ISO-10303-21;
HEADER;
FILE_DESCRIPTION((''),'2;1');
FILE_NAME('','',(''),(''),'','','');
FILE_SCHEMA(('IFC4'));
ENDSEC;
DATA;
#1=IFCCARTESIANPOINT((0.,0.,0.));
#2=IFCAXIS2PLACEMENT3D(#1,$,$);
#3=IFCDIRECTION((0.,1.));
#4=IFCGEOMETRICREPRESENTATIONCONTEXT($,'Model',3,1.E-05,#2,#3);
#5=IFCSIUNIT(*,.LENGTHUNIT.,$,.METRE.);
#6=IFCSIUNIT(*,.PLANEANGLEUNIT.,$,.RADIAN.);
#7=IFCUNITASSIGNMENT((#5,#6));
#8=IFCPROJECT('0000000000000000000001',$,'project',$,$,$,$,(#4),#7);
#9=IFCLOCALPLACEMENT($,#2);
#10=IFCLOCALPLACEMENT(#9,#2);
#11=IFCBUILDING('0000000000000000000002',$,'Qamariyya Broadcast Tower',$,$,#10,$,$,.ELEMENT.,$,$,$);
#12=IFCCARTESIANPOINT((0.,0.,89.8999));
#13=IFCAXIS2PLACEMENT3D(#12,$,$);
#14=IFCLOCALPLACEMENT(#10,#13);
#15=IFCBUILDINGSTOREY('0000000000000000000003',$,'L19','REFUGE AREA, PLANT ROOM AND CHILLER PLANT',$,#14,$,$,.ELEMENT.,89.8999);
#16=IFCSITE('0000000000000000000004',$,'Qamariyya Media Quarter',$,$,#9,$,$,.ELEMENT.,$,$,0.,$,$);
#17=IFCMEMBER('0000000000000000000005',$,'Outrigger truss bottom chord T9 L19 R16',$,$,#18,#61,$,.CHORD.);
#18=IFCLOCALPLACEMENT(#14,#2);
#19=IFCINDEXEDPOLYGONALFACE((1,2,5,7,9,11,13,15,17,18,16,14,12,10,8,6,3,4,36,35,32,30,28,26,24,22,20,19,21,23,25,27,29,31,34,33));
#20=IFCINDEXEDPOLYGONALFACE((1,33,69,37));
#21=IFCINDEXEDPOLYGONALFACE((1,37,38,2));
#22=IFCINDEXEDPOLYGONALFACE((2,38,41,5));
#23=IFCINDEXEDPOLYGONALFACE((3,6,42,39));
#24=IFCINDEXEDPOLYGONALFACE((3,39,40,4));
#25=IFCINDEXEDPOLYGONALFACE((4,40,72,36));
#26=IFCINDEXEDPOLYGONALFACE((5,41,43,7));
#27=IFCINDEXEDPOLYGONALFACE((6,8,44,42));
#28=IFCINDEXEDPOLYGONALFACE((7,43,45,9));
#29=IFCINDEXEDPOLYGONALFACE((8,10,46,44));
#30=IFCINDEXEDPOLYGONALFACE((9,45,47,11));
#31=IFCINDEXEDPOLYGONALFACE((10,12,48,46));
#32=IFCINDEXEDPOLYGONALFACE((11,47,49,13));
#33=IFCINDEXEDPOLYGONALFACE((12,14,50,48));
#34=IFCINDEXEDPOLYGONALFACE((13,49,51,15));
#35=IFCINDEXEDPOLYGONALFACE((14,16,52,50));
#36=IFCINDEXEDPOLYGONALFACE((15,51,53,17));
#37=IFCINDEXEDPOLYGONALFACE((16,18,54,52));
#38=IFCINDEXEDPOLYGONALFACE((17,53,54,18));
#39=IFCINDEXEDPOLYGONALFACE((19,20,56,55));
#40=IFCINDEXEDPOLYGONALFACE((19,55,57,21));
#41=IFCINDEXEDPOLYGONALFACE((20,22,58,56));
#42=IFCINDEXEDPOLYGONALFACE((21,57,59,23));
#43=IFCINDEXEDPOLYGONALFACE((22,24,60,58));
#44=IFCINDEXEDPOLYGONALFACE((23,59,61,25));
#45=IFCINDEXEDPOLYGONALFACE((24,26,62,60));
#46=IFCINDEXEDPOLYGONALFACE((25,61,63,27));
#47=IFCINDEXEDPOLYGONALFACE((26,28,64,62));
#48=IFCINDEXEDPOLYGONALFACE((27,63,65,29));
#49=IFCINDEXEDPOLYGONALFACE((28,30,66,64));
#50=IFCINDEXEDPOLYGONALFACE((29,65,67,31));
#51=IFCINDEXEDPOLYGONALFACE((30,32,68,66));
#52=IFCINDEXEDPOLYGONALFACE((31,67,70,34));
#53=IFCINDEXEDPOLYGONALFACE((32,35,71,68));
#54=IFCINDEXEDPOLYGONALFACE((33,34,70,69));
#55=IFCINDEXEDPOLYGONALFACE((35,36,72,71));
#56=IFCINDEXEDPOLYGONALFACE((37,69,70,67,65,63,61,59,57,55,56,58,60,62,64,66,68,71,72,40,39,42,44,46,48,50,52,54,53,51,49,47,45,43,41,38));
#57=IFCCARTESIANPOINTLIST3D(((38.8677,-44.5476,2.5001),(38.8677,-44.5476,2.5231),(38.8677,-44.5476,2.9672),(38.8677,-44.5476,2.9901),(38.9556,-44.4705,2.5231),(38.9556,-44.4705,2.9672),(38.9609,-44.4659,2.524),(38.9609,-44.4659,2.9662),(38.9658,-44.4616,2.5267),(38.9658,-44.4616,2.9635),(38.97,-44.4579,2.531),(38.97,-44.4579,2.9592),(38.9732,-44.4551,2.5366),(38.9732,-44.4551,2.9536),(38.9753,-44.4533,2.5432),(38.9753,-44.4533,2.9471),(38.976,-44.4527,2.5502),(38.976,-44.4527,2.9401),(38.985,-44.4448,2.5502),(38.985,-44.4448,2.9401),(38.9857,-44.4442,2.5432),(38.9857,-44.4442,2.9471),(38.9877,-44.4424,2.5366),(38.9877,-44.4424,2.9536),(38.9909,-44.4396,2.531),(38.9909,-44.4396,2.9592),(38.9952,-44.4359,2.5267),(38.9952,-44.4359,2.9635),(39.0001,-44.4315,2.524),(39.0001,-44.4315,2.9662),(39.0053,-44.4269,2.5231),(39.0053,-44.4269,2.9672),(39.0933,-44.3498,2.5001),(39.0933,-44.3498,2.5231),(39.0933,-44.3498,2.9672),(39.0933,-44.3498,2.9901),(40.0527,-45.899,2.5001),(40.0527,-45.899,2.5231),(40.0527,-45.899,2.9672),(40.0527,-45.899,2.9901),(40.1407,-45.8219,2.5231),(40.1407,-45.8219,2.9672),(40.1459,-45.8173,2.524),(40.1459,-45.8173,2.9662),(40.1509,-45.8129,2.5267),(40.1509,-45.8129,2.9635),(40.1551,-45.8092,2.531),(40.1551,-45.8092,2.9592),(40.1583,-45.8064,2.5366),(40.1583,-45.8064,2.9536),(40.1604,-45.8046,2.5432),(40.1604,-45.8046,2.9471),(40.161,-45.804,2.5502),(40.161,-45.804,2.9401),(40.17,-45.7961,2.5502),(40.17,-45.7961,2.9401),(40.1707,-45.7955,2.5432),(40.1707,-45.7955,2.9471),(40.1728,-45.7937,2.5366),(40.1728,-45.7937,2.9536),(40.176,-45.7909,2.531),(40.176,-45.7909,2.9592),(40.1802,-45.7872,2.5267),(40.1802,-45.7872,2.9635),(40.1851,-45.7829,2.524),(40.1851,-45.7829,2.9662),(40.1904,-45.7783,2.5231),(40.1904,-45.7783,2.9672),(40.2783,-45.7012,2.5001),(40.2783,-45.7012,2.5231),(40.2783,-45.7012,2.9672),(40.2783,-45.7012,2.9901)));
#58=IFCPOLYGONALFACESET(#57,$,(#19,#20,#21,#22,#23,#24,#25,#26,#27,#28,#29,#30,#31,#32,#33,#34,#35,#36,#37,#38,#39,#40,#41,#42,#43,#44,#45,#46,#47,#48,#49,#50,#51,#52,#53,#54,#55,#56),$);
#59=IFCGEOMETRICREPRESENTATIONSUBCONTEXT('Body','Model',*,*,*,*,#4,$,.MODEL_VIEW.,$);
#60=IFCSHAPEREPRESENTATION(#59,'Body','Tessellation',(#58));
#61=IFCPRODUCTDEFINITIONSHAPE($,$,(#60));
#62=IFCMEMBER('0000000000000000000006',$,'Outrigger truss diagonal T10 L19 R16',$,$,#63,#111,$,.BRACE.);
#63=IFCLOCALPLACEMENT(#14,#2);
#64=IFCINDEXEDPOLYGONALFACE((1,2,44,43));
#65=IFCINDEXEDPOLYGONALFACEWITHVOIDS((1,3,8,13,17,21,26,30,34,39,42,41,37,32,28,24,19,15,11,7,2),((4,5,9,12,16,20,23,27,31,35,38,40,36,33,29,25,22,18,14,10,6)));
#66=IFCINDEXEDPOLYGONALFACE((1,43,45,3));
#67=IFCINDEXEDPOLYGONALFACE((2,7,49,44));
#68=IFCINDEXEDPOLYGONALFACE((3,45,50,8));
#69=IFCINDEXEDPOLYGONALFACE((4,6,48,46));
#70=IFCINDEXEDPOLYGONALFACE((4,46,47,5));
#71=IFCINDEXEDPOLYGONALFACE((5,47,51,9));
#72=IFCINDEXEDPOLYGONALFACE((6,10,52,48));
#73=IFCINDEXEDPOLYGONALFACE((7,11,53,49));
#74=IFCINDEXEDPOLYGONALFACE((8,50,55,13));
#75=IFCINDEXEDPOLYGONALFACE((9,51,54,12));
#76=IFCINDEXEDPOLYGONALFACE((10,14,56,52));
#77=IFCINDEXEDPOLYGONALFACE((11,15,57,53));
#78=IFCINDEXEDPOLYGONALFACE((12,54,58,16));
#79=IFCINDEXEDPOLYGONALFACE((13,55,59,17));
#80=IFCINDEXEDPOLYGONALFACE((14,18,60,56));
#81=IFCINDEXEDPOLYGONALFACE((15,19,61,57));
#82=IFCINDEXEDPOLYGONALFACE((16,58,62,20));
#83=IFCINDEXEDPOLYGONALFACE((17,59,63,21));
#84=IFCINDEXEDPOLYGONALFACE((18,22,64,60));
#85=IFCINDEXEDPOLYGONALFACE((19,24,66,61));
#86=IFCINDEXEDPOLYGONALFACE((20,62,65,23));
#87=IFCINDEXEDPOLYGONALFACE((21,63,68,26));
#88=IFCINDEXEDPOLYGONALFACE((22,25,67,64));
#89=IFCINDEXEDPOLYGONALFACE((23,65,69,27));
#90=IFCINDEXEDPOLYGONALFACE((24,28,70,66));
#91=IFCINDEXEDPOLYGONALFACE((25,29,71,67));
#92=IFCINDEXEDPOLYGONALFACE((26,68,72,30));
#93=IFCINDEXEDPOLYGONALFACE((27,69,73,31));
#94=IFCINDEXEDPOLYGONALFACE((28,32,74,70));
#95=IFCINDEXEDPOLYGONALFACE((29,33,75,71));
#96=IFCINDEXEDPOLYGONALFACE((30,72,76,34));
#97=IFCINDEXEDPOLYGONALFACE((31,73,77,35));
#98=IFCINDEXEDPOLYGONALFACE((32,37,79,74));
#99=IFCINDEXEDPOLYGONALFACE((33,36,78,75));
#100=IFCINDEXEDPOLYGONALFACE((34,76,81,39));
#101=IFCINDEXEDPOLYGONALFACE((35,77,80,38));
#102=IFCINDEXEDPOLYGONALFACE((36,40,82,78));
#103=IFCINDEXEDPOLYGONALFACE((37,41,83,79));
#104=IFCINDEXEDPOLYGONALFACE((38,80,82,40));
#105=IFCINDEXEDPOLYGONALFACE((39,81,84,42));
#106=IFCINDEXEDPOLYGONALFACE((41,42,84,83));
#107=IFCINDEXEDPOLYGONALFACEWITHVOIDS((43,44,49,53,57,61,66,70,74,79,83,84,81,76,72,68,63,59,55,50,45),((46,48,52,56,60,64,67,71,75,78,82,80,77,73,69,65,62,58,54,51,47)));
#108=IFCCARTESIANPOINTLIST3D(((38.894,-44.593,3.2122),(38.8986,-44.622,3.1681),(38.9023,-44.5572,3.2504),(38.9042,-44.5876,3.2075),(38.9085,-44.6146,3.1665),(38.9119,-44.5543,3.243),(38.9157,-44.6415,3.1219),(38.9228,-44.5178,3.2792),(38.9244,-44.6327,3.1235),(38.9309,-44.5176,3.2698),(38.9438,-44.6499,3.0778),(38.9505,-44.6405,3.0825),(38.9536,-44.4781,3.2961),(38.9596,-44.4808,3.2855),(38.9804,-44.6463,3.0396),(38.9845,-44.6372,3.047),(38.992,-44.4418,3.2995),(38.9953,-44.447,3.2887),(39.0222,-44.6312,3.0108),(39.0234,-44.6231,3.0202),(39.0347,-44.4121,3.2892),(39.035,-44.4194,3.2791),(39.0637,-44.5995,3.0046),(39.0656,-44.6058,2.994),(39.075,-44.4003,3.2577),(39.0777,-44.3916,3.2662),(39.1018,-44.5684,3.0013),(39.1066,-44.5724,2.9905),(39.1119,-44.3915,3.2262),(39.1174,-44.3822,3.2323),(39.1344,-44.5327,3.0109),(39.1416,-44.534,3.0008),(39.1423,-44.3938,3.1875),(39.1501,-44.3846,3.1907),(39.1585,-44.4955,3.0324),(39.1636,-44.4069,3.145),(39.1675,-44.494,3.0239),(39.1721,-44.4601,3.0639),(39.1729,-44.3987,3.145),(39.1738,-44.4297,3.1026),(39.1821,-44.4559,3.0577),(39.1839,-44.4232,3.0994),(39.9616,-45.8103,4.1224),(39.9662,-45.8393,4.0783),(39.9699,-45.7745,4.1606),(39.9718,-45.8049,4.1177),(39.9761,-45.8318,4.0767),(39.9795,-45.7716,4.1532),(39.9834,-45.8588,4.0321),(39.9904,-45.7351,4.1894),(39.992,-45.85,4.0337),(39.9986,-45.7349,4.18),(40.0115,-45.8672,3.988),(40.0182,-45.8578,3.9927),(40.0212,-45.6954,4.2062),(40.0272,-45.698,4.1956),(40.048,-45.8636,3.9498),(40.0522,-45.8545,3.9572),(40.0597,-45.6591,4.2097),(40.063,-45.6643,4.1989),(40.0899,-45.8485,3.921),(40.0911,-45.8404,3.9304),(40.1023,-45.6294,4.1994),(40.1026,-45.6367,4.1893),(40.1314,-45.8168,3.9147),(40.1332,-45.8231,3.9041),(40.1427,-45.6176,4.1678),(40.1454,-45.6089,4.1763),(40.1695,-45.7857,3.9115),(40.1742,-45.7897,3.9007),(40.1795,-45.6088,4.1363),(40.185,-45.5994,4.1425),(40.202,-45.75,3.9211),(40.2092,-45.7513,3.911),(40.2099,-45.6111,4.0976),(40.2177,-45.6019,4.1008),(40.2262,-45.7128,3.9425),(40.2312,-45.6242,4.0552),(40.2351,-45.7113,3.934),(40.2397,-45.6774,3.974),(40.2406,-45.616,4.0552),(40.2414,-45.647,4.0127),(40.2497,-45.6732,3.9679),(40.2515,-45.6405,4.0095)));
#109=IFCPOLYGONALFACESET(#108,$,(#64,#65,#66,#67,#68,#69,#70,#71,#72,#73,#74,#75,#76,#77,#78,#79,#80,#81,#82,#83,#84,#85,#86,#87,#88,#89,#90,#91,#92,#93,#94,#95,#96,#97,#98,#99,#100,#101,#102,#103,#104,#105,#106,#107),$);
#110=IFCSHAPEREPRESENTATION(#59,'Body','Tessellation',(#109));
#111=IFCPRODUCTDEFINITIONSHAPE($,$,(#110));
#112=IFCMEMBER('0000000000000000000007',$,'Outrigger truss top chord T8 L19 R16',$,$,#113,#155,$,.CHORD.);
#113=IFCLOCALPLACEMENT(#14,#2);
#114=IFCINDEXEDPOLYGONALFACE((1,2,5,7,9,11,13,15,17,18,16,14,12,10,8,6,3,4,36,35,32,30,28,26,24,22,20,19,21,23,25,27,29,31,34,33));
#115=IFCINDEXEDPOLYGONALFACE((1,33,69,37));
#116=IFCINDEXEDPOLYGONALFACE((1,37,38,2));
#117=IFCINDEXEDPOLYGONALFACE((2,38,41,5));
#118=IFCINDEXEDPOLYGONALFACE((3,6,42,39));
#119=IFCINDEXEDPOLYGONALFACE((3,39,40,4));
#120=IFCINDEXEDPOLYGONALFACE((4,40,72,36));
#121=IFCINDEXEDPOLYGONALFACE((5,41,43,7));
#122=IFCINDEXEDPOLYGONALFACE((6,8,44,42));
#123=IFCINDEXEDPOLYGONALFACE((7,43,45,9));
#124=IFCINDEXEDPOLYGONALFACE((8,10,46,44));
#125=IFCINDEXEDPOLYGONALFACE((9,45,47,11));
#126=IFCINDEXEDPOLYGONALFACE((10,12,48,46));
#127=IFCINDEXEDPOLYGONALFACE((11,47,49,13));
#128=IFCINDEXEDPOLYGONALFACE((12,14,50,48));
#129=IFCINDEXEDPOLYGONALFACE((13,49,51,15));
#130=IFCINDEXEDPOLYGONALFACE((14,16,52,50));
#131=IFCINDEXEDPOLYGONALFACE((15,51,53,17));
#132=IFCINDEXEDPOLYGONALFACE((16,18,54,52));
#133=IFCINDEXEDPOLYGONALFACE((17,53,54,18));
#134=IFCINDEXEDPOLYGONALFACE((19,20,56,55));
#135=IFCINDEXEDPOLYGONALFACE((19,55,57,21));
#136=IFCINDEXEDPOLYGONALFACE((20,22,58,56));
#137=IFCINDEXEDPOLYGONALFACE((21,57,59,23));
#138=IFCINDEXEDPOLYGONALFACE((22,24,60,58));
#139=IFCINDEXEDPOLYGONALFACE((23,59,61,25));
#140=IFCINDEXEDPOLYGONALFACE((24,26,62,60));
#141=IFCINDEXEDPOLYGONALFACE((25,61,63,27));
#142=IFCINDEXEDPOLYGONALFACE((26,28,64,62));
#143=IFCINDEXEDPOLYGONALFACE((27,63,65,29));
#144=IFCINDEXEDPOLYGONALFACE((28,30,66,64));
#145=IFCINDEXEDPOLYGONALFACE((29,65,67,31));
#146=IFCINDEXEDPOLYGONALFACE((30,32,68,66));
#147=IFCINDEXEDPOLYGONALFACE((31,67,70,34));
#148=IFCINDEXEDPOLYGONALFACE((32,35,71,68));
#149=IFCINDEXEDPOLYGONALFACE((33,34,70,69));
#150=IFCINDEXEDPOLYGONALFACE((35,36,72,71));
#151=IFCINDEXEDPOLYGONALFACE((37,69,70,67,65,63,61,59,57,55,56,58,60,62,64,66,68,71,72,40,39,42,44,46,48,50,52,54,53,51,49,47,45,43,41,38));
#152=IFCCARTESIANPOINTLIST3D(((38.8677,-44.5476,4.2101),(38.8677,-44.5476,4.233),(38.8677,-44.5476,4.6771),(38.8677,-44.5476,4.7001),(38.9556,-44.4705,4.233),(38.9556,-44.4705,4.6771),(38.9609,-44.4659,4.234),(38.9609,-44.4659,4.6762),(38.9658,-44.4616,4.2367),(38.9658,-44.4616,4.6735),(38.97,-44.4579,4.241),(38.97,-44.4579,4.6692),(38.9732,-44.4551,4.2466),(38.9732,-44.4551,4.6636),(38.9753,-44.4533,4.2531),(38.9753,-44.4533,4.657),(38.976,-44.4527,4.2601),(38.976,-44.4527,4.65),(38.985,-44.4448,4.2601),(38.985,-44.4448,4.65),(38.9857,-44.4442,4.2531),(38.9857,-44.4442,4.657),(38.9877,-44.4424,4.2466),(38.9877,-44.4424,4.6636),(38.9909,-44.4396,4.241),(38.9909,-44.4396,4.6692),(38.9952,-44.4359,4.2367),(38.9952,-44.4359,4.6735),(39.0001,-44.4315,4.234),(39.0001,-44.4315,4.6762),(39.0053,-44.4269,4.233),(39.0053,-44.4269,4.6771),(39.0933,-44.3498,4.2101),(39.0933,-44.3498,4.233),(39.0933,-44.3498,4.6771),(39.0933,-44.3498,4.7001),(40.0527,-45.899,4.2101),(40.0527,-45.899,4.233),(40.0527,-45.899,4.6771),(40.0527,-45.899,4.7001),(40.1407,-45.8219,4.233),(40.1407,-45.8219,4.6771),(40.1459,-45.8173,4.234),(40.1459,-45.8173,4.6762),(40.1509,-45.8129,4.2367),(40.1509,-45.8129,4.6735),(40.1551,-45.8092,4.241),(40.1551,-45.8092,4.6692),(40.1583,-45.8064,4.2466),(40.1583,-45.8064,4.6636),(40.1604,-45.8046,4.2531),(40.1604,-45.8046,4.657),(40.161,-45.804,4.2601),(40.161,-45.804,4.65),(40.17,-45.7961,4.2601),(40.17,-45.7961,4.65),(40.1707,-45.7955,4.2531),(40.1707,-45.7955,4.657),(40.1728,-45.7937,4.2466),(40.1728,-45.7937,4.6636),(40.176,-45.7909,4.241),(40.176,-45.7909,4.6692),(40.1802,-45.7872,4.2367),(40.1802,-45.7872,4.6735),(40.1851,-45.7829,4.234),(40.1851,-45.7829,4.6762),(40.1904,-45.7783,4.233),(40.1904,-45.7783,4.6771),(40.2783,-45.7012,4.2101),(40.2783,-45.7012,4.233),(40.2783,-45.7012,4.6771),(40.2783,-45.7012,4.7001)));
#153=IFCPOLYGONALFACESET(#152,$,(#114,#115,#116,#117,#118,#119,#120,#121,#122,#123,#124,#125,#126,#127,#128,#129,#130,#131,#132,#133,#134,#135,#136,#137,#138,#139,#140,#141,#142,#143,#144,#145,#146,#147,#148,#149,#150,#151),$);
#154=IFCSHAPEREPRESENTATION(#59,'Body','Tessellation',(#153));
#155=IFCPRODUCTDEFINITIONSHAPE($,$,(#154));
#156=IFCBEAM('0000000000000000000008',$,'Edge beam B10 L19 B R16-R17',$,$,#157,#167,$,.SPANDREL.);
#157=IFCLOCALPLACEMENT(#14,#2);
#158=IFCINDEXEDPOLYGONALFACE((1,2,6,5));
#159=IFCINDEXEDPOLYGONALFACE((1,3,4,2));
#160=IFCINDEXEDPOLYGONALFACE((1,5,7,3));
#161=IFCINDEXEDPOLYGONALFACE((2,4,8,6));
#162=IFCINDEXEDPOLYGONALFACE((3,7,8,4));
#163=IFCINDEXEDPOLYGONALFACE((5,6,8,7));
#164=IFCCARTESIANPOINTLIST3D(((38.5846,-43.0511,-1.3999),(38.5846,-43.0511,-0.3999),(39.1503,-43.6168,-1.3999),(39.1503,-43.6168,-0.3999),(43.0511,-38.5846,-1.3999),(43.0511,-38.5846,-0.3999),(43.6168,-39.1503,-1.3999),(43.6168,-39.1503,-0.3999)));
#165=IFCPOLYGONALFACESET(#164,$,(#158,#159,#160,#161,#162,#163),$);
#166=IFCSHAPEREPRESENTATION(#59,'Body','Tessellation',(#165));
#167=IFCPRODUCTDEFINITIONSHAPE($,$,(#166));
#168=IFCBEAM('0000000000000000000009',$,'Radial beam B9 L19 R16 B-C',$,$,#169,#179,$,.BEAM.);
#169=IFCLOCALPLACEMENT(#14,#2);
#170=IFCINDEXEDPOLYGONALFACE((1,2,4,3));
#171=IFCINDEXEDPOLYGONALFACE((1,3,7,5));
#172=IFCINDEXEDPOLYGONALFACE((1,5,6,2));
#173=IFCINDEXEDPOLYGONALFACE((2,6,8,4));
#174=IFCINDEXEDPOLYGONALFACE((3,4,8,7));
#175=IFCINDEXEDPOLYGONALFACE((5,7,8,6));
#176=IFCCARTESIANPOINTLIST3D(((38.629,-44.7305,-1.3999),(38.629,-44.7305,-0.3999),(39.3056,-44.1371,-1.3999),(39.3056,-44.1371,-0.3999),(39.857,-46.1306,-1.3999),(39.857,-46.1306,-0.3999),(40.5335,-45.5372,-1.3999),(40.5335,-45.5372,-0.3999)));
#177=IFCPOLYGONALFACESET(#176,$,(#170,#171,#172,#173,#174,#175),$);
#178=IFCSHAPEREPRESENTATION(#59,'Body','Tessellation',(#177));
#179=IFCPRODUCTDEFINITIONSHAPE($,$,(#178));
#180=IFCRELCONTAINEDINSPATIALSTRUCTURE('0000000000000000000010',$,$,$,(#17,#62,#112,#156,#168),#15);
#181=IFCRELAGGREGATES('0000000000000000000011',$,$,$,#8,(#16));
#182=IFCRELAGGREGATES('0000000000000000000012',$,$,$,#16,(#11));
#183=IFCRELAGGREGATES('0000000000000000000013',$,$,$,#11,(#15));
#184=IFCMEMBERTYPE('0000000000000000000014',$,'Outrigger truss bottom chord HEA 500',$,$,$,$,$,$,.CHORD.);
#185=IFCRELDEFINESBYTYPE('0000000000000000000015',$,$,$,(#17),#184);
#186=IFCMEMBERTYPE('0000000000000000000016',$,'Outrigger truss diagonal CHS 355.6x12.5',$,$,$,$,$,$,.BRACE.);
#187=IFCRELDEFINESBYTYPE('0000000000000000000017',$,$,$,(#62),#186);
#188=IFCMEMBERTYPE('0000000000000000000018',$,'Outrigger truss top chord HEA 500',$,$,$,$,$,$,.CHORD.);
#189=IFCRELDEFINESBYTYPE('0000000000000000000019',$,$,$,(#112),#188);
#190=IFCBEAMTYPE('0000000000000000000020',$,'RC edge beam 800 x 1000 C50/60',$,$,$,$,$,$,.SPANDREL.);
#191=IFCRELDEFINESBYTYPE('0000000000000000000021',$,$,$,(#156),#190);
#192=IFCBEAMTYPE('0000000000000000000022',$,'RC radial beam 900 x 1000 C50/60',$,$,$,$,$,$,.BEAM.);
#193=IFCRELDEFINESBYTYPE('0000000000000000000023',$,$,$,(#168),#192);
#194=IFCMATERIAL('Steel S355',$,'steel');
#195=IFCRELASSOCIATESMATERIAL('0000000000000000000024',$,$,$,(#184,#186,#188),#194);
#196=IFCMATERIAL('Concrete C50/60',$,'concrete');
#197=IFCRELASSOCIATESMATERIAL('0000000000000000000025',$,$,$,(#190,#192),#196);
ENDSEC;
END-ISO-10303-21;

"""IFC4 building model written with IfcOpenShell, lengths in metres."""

from ifc_helpers import new_model, si_unit, direction, frame, origin, origin_2d, place, context, subcontext, project, spatial, rectangle, hollow_circle, i_section, extrude, material, material_profile, profile_set, type_object, element, save


model = new_model("IFC4")

# Units and contexts
model_context = context("Model", 3, precision=1e-05, world=origin(), true_north=direction((0.0, 1.0)))
body_context = subcontext(model_context, "Body", "Model", "MODEL_VIEW")
ifc_project = project(units=[si_unit("LENGTHUNIT", "METRE"), si_unit("PLANEANGLEUNIT", "RADIAN")], contexts=[model_context])

# Site, building, storey
site_placement = place(None, origin())
site = spatial("IfcSite", under=ifc_project, at=site_placement, Name="Qamariyya Media Quarter", CompositionType="ELEMENT", RefElevation=0.0)
building_placement = place(site_placement, origin())
building = spatial("IfcBuilding", under=site, at=building_placement, Name="Qamariyya Broadcast Tower", CompositionType="ELEMENT")
storey_placement = place(building_placement, frame((0.0, 0.0, 89.8999)))
storey = spatial("IfcBuildingStorey", under=building, at=storey_placement, Name="L19", Description="REFUGE AREA, PLANT ROOM AND CHILLER PLANT", CompositionType="ELEMENT", Elevation=89.8999)

# Members
ifc_material_1 = material(Name="Steel S355", Category="steel")
ifc_material_profile_1 = material_profile(ifc_material_1, i_section(OverallWidth=0.3, OverallDepth=0.49, WebThickness=0.012, FlangeThickness=0.0229, FilletRadius=0.0271, at=origin_2d()))
ifc_profile_set_1 = profile_set([ifc_material_profile_1], Name="Steel S355")
member_type_1 = type_object("IfcMemberType", Name="Outrigger truss bottom chord HEA 500", PredefinedType="CHORD", material=ifc_profile_set_1)
member_1_placement = place(storey_placement, frame((38.9805, -44.4487, 2.7451), z_axis=(0.659341, -0.751844, 0.0), x_axis=(0.751844, 0.659341, 0.0)))
element("IfcMember", 1, at=member_1_placement, inside=storey, type_object=member_type_1, Name="Outrigger truss bottom chord T9 L19 R16", PredefinedType="CHORD", context=body_context, shape_type="SweptSolid", body=[
    extrude(i_section(OverallWidth=0.3, OverallDepth=0.49, WebThickness=0.012, FlangeThickness=0.0229, FilletRadius=0.0271, at=origin_2d()), origin(), (0.0, 0.0, 1.0), 1.7974),
])
ifc_material_profile_2 = material_profile(ifc_material_1, hollow_circle(Radius=0.1777, WallThickness=0.0125, at=origin_2d()))
ifc_profile_set_2 = profile_set([ifc_material_profile_2], Name="Steel S355")
member_type_2 = type_object("IfcMemberType", Name="Outrigger truss diagonal CHS 355.6x12.5", PredefinedType="BRACE", material=ifc_profile_set_2)
member_2_placement = place(storey_placement, frame((39.0393, -44.5159, 3.145), z_axis=(0.574791, -0.655365, 0.490012), x_axis=(0.75181, 0.65938, 0.0)))
element("IfcMember", 2, at=member_2_placement, inside=storey, type_object=member_type_2, Name="Outrigger truss diagonal T10 L19 R16", PredefinedType="BRACE", context=body_context, shape_type="SweptSolid", body=[
    extrude(hollow_circle(Radius=0.1777, WallThickness=0.0125, at=origin_2d()), origin(), (0.0, 0.0, 1.0), 1.8574),
])
ifc_material_profile_3 = material_profile(ifc_material_1, i_section(OverallWidth=0.3, OverallDepth=0.49, WebThickness=0.012, FlangeThickness=0.0229, FilletRadius=0.0271, at=origin_2d()))
ifc_profile_set_3 = profile_set([ifc_material_profile_3], Name="Steel S355")
member_type_3 = type_object("IfcMemberType", Name="Outrigger truss top chord HEA 500", PredefinedType="CHORD", material=ifc_profile_set_3)
member_3_placement = place(storey_placement, frame((38.9805, -44.4487, 4.4551), z_axis=(0.659341, -0.751844, 0.0), x_axis=(0.751844, 0.659341, 0.0)))
element("IfcMember", 3, at=member_3_placement, inside=storey, type_object=member_type_3, Name="Outrigger truss top chord T8 L19 R16", PredefinedType="CHORD", context=body_context, shape_type="SweptSolid", body=[
    extrude(i_section(OverallWidth=0.3, OverallDepth=0.49, WebThickness=0.012, FlangeThickness=0.0229, FilletRadius=0.0271, at=origin_2d()), origin(), (0.0, 0.0, 1.0), 1.7974),
])

# Beams
ifc_material_2 = material(Name="Concrete C50/60", Category="concrete")
ifc_material_profile_4 = material_profile(ifc_material_2, rectangle(XDim=0.8, YDim=1.0, at=origin_2d()))
ifc_profile_set_4 = profile_set([ifc_material_profile_4], Name="Concrete C50/60")
beam_type_1 = type_object("IfcBeamType", Name="RC edge beam 800 x 1000 C50/60", PredefinedType="SPANDREL", material=ifc_profile_set_4)
beam_1_placement = place(storey_placement, frame((38.8674, -43.334, -0.8999), z_axis=(0.707107, 0.707107, 0.0), x_axis=(-0.707107, 0.707107, 0.0)))
element("IfcBeam", 4, at=beam_1_placement, inside=storey, type_object=beam_type_1, Name="Edge beam B10 L19 B R16-R17", PredefinedType="SPANDREL", context=body_context, shape_type="SweptSolid", body=[
    extrude(rectangle(XDim=0.8, YDim=1.0, at=origin_2d()), origin(), (0.0, 0.0, 1.0), 6.3167),
])
ifc_material_profile_5 = material_profile(ifc_material_2, rectangle(XDim=0.8999, YDim=1.0, at=origin_2d()))
ifc_profile_set_5 = profile_set([ifc_material_profile_5], Name="Concrete C50/60")
beam_type_2 = type_object("IfcBeamType", Name="RC radial beam 900 x 1000 C50/60", PredefinedType="BEAM", material=ifc_profile_set_5)
beam_2_placement = place(storey_placement, frame((38.9673, -44.4338, -0.8999), z_axis=(0.659386, -0.751805, 0.0), x_axis=(0.751805, 0.659386, 0.0)))
element("IfcBeam", 5, at=beam_2_placement, inside=storey, type_object=beam_type_2, Name="Radial beam B9 L19 R16 B-C", PredefinedType="BEAM", context=body_context, shape_type="SweptSolid", body=[
    extrude(rectangle(XDim=0.8999, YDim=1.0, at=origin_2d()), origin(), (0.0, 0.0, 1.0), 1.8623),
])

save(model, "model.ifc")
